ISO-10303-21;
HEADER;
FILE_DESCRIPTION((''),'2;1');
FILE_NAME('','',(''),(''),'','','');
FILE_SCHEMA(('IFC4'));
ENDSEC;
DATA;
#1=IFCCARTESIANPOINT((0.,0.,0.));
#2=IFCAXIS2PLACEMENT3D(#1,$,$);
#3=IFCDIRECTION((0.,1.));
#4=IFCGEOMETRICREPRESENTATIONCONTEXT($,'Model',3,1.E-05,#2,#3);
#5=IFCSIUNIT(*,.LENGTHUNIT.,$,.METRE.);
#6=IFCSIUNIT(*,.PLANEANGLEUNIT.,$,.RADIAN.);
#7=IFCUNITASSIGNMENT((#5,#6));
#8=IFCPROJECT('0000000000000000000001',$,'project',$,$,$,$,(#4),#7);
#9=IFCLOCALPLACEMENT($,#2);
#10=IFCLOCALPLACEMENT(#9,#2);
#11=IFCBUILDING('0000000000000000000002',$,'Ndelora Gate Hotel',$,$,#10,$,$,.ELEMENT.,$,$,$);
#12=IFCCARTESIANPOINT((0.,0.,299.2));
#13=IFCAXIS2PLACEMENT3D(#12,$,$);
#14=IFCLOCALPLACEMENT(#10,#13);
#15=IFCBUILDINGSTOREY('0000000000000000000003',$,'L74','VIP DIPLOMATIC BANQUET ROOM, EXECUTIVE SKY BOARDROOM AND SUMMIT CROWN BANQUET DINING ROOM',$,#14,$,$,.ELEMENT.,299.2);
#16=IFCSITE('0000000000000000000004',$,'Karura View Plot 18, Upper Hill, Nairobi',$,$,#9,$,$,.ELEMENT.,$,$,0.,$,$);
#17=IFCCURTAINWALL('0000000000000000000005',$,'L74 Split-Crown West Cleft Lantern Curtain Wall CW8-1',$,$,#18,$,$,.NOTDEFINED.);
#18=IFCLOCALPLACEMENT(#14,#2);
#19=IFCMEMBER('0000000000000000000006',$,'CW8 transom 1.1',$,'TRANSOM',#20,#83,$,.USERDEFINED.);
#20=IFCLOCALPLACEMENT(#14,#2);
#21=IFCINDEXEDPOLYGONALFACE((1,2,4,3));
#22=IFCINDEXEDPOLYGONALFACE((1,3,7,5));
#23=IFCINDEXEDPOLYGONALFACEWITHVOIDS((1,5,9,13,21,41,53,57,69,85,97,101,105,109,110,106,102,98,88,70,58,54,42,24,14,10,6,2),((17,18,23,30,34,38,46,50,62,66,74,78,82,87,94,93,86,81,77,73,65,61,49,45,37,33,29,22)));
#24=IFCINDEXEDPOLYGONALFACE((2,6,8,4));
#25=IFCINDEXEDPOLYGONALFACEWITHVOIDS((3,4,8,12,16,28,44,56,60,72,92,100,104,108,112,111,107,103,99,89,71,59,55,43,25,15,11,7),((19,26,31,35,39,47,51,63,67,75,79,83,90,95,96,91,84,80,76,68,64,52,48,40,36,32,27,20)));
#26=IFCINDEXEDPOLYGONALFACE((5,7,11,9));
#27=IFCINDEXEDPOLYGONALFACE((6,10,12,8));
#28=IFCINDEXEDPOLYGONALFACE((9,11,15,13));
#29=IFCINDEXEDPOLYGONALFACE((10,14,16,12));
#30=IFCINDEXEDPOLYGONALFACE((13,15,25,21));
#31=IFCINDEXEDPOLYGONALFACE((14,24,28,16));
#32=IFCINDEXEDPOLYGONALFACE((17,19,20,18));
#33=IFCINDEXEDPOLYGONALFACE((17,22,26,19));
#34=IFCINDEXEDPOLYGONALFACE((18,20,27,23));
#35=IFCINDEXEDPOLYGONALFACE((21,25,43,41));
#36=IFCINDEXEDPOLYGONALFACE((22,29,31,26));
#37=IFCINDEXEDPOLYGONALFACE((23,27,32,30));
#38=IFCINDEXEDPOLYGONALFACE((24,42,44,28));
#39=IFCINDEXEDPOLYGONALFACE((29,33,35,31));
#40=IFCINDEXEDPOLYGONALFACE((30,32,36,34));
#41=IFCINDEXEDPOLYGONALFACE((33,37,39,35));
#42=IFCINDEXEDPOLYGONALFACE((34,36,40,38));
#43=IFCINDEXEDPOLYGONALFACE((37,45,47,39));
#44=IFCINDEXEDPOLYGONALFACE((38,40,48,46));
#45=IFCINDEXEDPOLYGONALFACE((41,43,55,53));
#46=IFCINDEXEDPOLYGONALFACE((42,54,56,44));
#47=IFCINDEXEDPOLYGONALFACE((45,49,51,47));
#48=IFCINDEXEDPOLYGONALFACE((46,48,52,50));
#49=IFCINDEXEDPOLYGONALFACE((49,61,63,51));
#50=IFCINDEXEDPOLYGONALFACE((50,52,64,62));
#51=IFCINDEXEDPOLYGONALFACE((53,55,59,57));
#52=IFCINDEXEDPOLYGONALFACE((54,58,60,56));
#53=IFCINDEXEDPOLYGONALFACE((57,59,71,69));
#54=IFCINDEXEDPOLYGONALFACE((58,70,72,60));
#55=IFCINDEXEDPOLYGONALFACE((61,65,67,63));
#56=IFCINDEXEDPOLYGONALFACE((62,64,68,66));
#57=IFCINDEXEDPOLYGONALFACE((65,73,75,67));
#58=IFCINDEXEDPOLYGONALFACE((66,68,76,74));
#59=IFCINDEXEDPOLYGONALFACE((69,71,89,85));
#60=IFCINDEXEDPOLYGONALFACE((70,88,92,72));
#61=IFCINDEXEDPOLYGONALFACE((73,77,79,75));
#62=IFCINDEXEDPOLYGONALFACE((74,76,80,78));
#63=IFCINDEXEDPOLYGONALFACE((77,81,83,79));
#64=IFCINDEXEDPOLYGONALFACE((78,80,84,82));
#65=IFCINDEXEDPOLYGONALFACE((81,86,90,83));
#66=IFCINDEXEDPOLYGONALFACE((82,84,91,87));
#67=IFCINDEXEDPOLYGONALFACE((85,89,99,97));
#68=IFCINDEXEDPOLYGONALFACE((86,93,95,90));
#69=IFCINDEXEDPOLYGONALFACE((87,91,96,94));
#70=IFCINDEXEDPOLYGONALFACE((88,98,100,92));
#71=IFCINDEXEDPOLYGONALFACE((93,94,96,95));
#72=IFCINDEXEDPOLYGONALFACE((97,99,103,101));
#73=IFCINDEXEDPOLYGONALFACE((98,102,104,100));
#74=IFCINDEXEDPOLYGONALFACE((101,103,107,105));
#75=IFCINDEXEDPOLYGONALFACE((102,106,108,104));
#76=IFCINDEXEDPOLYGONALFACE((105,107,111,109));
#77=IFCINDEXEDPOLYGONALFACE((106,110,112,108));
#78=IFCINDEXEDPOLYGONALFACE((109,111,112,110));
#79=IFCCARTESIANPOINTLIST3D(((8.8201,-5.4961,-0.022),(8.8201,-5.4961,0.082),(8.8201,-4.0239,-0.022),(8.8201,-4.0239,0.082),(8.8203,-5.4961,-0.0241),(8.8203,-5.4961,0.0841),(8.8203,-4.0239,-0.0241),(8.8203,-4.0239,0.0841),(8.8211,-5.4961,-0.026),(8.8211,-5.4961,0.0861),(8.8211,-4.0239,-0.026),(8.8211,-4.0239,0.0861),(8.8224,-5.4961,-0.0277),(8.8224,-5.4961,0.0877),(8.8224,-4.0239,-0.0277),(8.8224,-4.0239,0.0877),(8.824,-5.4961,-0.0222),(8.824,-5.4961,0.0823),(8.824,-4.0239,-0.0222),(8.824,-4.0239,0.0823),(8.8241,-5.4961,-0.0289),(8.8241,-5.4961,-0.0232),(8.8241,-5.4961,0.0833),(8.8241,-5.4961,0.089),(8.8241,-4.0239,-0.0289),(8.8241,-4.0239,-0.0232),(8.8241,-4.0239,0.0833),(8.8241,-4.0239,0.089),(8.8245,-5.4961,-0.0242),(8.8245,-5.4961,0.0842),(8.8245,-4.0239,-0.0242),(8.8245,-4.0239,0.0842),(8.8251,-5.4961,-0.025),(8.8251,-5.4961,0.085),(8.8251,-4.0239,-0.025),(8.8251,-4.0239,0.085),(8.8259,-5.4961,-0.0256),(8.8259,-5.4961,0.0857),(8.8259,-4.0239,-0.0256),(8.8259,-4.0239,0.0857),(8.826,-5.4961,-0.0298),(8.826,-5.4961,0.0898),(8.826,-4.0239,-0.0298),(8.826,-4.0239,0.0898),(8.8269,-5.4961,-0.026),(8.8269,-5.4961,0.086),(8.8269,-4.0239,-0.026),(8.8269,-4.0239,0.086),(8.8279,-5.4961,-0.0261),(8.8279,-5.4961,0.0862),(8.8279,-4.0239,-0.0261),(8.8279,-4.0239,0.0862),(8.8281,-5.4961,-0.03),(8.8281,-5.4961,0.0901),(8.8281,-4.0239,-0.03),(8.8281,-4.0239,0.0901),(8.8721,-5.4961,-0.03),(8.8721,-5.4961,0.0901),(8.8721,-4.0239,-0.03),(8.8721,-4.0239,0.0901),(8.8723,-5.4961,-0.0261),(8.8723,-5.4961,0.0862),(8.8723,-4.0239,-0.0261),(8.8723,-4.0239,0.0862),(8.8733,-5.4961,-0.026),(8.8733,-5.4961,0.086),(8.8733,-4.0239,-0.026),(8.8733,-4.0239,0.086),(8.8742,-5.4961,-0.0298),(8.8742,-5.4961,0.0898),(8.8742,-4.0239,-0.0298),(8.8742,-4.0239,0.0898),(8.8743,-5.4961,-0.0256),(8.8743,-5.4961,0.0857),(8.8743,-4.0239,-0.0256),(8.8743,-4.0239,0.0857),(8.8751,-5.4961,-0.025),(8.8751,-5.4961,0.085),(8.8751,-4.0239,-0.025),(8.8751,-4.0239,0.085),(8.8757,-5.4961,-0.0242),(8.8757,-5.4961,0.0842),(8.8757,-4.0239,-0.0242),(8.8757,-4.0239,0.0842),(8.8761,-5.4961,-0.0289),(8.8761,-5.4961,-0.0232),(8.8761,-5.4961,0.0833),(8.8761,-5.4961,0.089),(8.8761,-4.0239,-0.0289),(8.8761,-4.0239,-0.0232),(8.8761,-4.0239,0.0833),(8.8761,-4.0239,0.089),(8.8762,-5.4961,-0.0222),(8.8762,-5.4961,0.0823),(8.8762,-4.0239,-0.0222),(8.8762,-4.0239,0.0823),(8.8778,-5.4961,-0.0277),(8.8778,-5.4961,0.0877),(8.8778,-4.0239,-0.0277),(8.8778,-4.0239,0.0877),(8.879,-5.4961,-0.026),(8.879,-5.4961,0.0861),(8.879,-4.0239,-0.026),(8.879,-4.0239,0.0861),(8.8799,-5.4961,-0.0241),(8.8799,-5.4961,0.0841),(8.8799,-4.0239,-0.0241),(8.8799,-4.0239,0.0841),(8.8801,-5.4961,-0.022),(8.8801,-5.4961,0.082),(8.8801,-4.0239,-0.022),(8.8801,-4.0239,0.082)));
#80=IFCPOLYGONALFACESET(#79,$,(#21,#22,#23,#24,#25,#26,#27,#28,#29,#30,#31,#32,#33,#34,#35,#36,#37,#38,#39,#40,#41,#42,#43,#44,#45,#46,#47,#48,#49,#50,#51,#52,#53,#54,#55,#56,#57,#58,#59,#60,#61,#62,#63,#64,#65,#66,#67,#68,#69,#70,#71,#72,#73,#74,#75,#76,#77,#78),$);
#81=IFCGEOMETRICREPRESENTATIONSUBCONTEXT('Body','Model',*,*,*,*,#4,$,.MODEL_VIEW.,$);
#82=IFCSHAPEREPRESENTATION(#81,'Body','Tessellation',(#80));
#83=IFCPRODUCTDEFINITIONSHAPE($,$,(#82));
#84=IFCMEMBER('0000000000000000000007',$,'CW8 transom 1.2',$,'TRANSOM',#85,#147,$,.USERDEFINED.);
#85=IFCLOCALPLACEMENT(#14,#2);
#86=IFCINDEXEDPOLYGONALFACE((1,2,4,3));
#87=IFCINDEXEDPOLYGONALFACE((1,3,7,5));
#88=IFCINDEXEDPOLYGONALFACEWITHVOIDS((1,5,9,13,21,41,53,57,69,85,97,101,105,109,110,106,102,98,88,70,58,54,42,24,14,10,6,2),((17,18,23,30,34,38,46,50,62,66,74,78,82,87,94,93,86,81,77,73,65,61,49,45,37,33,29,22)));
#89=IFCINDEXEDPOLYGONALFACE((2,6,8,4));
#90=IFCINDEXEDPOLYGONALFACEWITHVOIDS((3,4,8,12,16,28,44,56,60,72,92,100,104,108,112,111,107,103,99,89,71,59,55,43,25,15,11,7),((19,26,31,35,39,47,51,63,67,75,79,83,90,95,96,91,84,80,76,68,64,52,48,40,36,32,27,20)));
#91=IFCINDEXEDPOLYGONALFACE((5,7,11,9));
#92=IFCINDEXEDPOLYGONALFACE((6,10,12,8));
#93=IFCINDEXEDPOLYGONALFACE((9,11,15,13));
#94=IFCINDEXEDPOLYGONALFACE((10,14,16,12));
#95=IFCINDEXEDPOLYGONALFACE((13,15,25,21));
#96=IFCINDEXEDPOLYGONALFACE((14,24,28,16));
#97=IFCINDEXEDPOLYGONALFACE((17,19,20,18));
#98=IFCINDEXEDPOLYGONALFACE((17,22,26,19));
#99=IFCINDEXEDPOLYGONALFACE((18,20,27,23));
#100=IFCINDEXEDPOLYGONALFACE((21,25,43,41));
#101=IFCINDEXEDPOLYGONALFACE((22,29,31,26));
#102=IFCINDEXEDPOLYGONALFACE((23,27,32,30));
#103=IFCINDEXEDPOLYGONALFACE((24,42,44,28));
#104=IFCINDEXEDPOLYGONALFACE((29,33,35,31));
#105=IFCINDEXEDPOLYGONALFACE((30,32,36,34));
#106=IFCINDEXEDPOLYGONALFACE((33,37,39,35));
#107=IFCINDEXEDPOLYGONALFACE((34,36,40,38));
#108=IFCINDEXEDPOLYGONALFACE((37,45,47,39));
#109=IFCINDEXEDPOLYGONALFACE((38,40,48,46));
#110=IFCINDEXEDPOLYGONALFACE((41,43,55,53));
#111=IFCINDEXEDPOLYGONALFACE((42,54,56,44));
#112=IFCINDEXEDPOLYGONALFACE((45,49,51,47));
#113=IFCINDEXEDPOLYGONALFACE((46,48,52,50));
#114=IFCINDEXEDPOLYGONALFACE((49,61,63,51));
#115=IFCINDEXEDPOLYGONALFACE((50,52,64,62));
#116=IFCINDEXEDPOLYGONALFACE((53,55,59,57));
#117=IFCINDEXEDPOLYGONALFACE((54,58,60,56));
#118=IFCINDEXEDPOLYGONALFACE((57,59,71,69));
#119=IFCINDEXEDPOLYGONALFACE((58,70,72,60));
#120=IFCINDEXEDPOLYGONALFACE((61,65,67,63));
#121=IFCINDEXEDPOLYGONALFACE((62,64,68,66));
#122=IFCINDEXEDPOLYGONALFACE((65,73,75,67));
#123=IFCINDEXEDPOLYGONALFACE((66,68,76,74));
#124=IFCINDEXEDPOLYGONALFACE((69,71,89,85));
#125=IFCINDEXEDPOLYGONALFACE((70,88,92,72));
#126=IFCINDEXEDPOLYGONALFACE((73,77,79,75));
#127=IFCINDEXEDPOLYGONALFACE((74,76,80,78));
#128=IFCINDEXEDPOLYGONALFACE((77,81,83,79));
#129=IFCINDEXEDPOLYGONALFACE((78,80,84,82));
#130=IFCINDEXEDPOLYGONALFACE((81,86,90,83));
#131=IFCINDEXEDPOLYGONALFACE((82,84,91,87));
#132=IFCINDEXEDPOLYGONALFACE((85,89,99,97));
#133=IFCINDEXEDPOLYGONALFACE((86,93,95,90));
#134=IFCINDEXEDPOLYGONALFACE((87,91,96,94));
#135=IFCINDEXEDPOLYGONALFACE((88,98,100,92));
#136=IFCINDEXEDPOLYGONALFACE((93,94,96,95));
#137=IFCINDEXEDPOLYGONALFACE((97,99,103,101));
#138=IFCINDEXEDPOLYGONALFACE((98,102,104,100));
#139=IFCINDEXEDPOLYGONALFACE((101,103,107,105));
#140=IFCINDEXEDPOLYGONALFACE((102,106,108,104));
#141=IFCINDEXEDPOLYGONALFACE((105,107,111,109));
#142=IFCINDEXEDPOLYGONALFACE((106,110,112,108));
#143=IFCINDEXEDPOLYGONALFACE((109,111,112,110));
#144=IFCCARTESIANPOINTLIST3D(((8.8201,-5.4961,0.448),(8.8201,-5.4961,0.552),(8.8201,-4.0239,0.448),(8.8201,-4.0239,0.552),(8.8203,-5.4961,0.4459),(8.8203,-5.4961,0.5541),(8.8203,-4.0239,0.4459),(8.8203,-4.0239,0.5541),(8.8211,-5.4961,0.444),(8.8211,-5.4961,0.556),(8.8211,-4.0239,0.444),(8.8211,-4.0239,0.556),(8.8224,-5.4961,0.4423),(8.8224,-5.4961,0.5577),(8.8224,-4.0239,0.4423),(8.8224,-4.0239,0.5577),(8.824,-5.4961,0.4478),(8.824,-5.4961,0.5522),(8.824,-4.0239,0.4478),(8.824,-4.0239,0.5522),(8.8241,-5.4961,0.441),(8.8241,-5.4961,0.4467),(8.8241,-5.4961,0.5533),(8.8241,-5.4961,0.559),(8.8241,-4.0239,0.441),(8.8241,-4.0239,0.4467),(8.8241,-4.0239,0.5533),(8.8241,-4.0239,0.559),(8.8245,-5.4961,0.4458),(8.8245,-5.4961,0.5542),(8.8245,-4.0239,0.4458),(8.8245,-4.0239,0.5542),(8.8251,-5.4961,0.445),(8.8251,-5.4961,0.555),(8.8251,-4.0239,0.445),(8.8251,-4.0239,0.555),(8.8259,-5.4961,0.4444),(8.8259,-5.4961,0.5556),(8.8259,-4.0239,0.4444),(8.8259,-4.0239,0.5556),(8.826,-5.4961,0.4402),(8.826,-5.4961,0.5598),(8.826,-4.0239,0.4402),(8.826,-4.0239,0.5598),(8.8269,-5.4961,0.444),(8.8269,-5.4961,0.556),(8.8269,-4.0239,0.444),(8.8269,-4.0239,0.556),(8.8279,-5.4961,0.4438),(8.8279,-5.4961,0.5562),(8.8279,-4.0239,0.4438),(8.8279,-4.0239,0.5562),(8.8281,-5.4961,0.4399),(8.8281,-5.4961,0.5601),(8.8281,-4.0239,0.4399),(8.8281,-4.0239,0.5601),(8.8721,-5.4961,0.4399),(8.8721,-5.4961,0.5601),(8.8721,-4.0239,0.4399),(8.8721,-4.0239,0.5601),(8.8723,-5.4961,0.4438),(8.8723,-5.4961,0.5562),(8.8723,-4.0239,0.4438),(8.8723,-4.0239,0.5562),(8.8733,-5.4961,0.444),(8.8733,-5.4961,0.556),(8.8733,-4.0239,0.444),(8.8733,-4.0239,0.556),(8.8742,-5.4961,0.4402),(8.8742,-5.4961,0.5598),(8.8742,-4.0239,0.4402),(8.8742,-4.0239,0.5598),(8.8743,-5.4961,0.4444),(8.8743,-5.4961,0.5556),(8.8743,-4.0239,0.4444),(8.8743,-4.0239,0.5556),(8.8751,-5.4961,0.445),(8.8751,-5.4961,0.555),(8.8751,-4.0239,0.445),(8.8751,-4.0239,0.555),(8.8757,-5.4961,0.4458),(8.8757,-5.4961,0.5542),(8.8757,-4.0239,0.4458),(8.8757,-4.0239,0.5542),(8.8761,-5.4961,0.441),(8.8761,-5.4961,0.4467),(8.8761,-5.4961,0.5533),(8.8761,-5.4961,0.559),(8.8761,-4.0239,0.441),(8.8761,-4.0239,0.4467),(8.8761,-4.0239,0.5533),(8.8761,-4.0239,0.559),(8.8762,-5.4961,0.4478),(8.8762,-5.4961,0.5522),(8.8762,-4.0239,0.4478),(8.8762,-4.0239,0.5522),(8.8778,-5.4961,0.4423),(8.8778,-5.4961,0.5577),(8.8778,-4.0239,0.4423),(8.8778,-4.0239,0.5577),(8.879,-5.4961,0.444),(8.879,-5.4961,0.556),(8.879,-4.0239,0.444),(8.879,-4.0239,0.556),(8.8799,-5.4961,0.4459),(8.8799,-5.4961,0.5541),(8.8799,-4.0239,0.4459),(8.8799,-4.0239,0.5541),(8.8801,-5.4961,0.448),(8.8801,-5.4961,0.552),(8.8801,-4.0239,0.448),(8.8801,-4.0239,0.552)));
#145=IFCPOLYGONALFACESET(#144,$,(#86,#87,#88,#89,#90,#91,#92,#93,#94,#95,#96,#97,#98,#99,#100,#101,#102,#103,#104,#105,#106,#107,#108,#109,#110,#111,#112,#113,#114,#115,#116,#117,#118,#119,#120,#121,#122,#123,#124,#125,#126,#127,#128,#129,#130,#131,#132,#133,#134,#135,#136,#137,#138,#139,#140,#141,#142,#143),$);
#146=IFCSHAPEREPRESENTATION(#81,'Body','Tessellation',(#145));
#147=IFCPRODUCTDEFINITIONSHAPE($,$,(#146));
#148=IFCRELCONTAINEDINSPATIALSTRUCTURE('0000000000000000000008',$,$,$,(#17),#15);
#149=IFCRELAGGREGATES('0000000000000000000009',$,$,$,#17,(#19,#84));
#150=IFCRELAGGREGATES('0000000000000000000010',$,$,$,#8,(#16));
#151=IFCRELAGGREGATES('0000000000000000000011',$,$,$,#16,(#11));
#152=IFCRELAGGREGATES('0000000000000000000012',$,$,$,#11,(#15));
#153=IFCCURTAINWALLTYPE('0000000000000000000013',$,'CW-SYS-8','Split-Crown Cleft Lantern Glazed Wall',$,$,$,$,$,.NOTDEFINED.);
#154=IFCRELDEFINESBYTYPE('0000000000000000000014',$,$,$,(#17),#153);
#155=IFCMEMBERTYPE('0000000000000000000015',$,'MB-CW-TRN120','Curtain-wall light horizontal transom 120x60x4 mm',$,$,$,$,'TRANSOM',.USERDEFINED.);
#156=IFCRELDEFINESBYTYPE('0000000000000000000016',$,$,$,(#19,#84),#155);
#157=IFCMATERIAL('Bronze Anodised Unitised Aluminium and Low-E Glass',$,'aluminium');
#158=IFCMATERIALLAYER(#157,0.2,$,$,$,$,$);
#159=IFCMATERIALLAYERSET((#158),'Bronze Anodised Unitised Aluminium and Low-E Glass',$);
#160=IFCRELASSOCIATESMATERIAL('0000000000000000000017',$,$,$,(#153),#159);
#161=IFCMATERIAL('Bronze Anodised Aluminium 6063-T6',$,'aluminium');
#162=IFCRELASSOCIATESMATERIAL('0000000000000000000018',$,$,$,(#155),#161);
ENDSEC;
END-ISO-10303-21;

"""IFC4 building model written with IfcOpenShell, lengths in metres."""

from ifc_helpers import new_model, si_unit, direction, frame, origin, origin_2d, place, context, subcontext, project, spatial, hollow_rectangle, extrude, material, layer, layer_set, material_profile, profile_set, type_object, element, aggregate, save


model = new_model("IFC4")

# Units and contexts
model_context = context("Model", 3, precision=1e-05, world=origin(), true_north=direction((0.0, 1.0)))
body_context = subcontext(model_context, "Body", "Model", "MODEL_VIEW")
ifc_project = project(units=[si_unit("LENGTHUNIT", "METRE"), si_unit("PLANEANGLEUNIT", "RADIAN")], contexts=[model_context])

# Site, building, storey
site_placement = place(None, origin())
site = spatial("IfcSite", under=ifc_project, at=site_placement, Name="Karura View Plot 18, Upper Hill, Nairobi", CompositionType="ELEMENT", RefElevation=0.0)
building_placement = place(site_placement, origin())
building = spatial("IfcBuilding", under=site, at=building_placement, Name="Ndelora Gate Hotel", CompositionType="ELEMENT")
storey_placement = place(building_placement, frame((0.0, 0.0, 299.2)))
storey = spatial("IfcBuildingStorey", under=building, at=storey_placement, Name="L74", Description="VIP DIPLOMATIC BANQUET ROOM, EXECUTIVE SKY BOARDROOM AND SUMMIT CROWN BANQUET DINING ROOM", CompositionType="ELEMENT", Elevation=299.2)

# Curtain wall, members
ifc_material_1 = material(Name="Bronze Anodised Unitised Aluminium and Low-E Glass", Category="aluminium")
ifc_layer_1 = layer(ifc_material_1, 0.2)
ifc_layer_set_1 = layer_set([ifc_layer_1], Name="Bronze Anodised Unitised Aluminium and Low-E Glass")
curtain_wall_type = type_object("IfcCurtainWallType", Name="CW-SYS-8", Description="Split-Crown Cleft Lantern Glazed Wall", PredefinedType="NOTDEFINED", material=ifc_layer_set_1)
curtain_wall_placement = place(storey_placement, origin())
curtain_wall = element("IfcCurtainWall", 1, at=curtain_wall_placement, inside=storey, type_object=curtain_wall_type, Name="L74 Split-Crown West Cleft Lantern Curtain Wall CW8-1", PredefinedType="NOTDEFINED")
ifc_material_2 = material(Name="Bronze Anodised Aluminium 6063-T6", Category="aluminium")
ifc_material_profile_1 = material_profile(ifc_material_2, hollow_rectangle(XDim=0.0601, YDim=0.1201, WallThickness=0.0039, InnerFilletRadius=0.0039, OuterFilletRadius=0.0081, at=origin_2d()), Name="ALU 120x60x4")
ifc_profile_set_1 = profile_set([ifc_material_profile_1], Name="Bronze Anodised Aluminium 6063-T6")
member_type_1 = type_object("IfcMemberType", Name="MB-CW-TRN120", Description="Curtain-wall light horizontal transom 120x60x4 mm", ElementType="TRANSOM", PredefinedType="USERDEFINED", material=ifc_profile_set_1)
member_1_placement = place(storey_placement, frame((8.8501, -5.4961, 0.03), z_axis=(0.0, 1.0, 0.0), x_axis=(-1.0, 0.0, 0.0)))
member_1 = element("IfcMember", 2, at=member_1_placement, type_object=member_type_1, Name="CW8 transom 1.1", ObjectType="TRANSOM", PredefinedType="USERDEFINED", context=body_context, shape_type="SweptSolid", body=[
    extrude(hollow_rectangle(XDim=0.0601, YDim=0.1201, WallThickness=0.0039, InnerFilletRadius=0.0039, OuterFilletRadius=0.0081, at=origin_2d()), origin(), (0.0, 0.0, 1.0), 1.4722),
])
member_2_placement = place(storey_placement, frame((8.8501, -5.4961, 0.5), z_axis=(0.0, 1.0, 0.0), x_axis=(-1.0, 0.0, 0.0)))
member_2 = element("IfcMember", 3, at=member_2_placement, type_object=member_type_1, Name="CW8 transom 1.2", ObjectType="TRANSOM", PredefinedType="USERDEFINED", context=body_context, shape_type="SweptSolid", body=[
    extrude(hollow_rectangle(XDim=0.0601, YDim=0.1201, WallThickness=0.0039, InnerFilletRadius=0.0039, OuterFilletRadius=0.0081, at=origin_2d()), origin(), (0.0, 0.0, 1.0), 1.4722),
])
aggregate(curtain_wall, [member_1, member_2])

save(model, "model.ifc")
